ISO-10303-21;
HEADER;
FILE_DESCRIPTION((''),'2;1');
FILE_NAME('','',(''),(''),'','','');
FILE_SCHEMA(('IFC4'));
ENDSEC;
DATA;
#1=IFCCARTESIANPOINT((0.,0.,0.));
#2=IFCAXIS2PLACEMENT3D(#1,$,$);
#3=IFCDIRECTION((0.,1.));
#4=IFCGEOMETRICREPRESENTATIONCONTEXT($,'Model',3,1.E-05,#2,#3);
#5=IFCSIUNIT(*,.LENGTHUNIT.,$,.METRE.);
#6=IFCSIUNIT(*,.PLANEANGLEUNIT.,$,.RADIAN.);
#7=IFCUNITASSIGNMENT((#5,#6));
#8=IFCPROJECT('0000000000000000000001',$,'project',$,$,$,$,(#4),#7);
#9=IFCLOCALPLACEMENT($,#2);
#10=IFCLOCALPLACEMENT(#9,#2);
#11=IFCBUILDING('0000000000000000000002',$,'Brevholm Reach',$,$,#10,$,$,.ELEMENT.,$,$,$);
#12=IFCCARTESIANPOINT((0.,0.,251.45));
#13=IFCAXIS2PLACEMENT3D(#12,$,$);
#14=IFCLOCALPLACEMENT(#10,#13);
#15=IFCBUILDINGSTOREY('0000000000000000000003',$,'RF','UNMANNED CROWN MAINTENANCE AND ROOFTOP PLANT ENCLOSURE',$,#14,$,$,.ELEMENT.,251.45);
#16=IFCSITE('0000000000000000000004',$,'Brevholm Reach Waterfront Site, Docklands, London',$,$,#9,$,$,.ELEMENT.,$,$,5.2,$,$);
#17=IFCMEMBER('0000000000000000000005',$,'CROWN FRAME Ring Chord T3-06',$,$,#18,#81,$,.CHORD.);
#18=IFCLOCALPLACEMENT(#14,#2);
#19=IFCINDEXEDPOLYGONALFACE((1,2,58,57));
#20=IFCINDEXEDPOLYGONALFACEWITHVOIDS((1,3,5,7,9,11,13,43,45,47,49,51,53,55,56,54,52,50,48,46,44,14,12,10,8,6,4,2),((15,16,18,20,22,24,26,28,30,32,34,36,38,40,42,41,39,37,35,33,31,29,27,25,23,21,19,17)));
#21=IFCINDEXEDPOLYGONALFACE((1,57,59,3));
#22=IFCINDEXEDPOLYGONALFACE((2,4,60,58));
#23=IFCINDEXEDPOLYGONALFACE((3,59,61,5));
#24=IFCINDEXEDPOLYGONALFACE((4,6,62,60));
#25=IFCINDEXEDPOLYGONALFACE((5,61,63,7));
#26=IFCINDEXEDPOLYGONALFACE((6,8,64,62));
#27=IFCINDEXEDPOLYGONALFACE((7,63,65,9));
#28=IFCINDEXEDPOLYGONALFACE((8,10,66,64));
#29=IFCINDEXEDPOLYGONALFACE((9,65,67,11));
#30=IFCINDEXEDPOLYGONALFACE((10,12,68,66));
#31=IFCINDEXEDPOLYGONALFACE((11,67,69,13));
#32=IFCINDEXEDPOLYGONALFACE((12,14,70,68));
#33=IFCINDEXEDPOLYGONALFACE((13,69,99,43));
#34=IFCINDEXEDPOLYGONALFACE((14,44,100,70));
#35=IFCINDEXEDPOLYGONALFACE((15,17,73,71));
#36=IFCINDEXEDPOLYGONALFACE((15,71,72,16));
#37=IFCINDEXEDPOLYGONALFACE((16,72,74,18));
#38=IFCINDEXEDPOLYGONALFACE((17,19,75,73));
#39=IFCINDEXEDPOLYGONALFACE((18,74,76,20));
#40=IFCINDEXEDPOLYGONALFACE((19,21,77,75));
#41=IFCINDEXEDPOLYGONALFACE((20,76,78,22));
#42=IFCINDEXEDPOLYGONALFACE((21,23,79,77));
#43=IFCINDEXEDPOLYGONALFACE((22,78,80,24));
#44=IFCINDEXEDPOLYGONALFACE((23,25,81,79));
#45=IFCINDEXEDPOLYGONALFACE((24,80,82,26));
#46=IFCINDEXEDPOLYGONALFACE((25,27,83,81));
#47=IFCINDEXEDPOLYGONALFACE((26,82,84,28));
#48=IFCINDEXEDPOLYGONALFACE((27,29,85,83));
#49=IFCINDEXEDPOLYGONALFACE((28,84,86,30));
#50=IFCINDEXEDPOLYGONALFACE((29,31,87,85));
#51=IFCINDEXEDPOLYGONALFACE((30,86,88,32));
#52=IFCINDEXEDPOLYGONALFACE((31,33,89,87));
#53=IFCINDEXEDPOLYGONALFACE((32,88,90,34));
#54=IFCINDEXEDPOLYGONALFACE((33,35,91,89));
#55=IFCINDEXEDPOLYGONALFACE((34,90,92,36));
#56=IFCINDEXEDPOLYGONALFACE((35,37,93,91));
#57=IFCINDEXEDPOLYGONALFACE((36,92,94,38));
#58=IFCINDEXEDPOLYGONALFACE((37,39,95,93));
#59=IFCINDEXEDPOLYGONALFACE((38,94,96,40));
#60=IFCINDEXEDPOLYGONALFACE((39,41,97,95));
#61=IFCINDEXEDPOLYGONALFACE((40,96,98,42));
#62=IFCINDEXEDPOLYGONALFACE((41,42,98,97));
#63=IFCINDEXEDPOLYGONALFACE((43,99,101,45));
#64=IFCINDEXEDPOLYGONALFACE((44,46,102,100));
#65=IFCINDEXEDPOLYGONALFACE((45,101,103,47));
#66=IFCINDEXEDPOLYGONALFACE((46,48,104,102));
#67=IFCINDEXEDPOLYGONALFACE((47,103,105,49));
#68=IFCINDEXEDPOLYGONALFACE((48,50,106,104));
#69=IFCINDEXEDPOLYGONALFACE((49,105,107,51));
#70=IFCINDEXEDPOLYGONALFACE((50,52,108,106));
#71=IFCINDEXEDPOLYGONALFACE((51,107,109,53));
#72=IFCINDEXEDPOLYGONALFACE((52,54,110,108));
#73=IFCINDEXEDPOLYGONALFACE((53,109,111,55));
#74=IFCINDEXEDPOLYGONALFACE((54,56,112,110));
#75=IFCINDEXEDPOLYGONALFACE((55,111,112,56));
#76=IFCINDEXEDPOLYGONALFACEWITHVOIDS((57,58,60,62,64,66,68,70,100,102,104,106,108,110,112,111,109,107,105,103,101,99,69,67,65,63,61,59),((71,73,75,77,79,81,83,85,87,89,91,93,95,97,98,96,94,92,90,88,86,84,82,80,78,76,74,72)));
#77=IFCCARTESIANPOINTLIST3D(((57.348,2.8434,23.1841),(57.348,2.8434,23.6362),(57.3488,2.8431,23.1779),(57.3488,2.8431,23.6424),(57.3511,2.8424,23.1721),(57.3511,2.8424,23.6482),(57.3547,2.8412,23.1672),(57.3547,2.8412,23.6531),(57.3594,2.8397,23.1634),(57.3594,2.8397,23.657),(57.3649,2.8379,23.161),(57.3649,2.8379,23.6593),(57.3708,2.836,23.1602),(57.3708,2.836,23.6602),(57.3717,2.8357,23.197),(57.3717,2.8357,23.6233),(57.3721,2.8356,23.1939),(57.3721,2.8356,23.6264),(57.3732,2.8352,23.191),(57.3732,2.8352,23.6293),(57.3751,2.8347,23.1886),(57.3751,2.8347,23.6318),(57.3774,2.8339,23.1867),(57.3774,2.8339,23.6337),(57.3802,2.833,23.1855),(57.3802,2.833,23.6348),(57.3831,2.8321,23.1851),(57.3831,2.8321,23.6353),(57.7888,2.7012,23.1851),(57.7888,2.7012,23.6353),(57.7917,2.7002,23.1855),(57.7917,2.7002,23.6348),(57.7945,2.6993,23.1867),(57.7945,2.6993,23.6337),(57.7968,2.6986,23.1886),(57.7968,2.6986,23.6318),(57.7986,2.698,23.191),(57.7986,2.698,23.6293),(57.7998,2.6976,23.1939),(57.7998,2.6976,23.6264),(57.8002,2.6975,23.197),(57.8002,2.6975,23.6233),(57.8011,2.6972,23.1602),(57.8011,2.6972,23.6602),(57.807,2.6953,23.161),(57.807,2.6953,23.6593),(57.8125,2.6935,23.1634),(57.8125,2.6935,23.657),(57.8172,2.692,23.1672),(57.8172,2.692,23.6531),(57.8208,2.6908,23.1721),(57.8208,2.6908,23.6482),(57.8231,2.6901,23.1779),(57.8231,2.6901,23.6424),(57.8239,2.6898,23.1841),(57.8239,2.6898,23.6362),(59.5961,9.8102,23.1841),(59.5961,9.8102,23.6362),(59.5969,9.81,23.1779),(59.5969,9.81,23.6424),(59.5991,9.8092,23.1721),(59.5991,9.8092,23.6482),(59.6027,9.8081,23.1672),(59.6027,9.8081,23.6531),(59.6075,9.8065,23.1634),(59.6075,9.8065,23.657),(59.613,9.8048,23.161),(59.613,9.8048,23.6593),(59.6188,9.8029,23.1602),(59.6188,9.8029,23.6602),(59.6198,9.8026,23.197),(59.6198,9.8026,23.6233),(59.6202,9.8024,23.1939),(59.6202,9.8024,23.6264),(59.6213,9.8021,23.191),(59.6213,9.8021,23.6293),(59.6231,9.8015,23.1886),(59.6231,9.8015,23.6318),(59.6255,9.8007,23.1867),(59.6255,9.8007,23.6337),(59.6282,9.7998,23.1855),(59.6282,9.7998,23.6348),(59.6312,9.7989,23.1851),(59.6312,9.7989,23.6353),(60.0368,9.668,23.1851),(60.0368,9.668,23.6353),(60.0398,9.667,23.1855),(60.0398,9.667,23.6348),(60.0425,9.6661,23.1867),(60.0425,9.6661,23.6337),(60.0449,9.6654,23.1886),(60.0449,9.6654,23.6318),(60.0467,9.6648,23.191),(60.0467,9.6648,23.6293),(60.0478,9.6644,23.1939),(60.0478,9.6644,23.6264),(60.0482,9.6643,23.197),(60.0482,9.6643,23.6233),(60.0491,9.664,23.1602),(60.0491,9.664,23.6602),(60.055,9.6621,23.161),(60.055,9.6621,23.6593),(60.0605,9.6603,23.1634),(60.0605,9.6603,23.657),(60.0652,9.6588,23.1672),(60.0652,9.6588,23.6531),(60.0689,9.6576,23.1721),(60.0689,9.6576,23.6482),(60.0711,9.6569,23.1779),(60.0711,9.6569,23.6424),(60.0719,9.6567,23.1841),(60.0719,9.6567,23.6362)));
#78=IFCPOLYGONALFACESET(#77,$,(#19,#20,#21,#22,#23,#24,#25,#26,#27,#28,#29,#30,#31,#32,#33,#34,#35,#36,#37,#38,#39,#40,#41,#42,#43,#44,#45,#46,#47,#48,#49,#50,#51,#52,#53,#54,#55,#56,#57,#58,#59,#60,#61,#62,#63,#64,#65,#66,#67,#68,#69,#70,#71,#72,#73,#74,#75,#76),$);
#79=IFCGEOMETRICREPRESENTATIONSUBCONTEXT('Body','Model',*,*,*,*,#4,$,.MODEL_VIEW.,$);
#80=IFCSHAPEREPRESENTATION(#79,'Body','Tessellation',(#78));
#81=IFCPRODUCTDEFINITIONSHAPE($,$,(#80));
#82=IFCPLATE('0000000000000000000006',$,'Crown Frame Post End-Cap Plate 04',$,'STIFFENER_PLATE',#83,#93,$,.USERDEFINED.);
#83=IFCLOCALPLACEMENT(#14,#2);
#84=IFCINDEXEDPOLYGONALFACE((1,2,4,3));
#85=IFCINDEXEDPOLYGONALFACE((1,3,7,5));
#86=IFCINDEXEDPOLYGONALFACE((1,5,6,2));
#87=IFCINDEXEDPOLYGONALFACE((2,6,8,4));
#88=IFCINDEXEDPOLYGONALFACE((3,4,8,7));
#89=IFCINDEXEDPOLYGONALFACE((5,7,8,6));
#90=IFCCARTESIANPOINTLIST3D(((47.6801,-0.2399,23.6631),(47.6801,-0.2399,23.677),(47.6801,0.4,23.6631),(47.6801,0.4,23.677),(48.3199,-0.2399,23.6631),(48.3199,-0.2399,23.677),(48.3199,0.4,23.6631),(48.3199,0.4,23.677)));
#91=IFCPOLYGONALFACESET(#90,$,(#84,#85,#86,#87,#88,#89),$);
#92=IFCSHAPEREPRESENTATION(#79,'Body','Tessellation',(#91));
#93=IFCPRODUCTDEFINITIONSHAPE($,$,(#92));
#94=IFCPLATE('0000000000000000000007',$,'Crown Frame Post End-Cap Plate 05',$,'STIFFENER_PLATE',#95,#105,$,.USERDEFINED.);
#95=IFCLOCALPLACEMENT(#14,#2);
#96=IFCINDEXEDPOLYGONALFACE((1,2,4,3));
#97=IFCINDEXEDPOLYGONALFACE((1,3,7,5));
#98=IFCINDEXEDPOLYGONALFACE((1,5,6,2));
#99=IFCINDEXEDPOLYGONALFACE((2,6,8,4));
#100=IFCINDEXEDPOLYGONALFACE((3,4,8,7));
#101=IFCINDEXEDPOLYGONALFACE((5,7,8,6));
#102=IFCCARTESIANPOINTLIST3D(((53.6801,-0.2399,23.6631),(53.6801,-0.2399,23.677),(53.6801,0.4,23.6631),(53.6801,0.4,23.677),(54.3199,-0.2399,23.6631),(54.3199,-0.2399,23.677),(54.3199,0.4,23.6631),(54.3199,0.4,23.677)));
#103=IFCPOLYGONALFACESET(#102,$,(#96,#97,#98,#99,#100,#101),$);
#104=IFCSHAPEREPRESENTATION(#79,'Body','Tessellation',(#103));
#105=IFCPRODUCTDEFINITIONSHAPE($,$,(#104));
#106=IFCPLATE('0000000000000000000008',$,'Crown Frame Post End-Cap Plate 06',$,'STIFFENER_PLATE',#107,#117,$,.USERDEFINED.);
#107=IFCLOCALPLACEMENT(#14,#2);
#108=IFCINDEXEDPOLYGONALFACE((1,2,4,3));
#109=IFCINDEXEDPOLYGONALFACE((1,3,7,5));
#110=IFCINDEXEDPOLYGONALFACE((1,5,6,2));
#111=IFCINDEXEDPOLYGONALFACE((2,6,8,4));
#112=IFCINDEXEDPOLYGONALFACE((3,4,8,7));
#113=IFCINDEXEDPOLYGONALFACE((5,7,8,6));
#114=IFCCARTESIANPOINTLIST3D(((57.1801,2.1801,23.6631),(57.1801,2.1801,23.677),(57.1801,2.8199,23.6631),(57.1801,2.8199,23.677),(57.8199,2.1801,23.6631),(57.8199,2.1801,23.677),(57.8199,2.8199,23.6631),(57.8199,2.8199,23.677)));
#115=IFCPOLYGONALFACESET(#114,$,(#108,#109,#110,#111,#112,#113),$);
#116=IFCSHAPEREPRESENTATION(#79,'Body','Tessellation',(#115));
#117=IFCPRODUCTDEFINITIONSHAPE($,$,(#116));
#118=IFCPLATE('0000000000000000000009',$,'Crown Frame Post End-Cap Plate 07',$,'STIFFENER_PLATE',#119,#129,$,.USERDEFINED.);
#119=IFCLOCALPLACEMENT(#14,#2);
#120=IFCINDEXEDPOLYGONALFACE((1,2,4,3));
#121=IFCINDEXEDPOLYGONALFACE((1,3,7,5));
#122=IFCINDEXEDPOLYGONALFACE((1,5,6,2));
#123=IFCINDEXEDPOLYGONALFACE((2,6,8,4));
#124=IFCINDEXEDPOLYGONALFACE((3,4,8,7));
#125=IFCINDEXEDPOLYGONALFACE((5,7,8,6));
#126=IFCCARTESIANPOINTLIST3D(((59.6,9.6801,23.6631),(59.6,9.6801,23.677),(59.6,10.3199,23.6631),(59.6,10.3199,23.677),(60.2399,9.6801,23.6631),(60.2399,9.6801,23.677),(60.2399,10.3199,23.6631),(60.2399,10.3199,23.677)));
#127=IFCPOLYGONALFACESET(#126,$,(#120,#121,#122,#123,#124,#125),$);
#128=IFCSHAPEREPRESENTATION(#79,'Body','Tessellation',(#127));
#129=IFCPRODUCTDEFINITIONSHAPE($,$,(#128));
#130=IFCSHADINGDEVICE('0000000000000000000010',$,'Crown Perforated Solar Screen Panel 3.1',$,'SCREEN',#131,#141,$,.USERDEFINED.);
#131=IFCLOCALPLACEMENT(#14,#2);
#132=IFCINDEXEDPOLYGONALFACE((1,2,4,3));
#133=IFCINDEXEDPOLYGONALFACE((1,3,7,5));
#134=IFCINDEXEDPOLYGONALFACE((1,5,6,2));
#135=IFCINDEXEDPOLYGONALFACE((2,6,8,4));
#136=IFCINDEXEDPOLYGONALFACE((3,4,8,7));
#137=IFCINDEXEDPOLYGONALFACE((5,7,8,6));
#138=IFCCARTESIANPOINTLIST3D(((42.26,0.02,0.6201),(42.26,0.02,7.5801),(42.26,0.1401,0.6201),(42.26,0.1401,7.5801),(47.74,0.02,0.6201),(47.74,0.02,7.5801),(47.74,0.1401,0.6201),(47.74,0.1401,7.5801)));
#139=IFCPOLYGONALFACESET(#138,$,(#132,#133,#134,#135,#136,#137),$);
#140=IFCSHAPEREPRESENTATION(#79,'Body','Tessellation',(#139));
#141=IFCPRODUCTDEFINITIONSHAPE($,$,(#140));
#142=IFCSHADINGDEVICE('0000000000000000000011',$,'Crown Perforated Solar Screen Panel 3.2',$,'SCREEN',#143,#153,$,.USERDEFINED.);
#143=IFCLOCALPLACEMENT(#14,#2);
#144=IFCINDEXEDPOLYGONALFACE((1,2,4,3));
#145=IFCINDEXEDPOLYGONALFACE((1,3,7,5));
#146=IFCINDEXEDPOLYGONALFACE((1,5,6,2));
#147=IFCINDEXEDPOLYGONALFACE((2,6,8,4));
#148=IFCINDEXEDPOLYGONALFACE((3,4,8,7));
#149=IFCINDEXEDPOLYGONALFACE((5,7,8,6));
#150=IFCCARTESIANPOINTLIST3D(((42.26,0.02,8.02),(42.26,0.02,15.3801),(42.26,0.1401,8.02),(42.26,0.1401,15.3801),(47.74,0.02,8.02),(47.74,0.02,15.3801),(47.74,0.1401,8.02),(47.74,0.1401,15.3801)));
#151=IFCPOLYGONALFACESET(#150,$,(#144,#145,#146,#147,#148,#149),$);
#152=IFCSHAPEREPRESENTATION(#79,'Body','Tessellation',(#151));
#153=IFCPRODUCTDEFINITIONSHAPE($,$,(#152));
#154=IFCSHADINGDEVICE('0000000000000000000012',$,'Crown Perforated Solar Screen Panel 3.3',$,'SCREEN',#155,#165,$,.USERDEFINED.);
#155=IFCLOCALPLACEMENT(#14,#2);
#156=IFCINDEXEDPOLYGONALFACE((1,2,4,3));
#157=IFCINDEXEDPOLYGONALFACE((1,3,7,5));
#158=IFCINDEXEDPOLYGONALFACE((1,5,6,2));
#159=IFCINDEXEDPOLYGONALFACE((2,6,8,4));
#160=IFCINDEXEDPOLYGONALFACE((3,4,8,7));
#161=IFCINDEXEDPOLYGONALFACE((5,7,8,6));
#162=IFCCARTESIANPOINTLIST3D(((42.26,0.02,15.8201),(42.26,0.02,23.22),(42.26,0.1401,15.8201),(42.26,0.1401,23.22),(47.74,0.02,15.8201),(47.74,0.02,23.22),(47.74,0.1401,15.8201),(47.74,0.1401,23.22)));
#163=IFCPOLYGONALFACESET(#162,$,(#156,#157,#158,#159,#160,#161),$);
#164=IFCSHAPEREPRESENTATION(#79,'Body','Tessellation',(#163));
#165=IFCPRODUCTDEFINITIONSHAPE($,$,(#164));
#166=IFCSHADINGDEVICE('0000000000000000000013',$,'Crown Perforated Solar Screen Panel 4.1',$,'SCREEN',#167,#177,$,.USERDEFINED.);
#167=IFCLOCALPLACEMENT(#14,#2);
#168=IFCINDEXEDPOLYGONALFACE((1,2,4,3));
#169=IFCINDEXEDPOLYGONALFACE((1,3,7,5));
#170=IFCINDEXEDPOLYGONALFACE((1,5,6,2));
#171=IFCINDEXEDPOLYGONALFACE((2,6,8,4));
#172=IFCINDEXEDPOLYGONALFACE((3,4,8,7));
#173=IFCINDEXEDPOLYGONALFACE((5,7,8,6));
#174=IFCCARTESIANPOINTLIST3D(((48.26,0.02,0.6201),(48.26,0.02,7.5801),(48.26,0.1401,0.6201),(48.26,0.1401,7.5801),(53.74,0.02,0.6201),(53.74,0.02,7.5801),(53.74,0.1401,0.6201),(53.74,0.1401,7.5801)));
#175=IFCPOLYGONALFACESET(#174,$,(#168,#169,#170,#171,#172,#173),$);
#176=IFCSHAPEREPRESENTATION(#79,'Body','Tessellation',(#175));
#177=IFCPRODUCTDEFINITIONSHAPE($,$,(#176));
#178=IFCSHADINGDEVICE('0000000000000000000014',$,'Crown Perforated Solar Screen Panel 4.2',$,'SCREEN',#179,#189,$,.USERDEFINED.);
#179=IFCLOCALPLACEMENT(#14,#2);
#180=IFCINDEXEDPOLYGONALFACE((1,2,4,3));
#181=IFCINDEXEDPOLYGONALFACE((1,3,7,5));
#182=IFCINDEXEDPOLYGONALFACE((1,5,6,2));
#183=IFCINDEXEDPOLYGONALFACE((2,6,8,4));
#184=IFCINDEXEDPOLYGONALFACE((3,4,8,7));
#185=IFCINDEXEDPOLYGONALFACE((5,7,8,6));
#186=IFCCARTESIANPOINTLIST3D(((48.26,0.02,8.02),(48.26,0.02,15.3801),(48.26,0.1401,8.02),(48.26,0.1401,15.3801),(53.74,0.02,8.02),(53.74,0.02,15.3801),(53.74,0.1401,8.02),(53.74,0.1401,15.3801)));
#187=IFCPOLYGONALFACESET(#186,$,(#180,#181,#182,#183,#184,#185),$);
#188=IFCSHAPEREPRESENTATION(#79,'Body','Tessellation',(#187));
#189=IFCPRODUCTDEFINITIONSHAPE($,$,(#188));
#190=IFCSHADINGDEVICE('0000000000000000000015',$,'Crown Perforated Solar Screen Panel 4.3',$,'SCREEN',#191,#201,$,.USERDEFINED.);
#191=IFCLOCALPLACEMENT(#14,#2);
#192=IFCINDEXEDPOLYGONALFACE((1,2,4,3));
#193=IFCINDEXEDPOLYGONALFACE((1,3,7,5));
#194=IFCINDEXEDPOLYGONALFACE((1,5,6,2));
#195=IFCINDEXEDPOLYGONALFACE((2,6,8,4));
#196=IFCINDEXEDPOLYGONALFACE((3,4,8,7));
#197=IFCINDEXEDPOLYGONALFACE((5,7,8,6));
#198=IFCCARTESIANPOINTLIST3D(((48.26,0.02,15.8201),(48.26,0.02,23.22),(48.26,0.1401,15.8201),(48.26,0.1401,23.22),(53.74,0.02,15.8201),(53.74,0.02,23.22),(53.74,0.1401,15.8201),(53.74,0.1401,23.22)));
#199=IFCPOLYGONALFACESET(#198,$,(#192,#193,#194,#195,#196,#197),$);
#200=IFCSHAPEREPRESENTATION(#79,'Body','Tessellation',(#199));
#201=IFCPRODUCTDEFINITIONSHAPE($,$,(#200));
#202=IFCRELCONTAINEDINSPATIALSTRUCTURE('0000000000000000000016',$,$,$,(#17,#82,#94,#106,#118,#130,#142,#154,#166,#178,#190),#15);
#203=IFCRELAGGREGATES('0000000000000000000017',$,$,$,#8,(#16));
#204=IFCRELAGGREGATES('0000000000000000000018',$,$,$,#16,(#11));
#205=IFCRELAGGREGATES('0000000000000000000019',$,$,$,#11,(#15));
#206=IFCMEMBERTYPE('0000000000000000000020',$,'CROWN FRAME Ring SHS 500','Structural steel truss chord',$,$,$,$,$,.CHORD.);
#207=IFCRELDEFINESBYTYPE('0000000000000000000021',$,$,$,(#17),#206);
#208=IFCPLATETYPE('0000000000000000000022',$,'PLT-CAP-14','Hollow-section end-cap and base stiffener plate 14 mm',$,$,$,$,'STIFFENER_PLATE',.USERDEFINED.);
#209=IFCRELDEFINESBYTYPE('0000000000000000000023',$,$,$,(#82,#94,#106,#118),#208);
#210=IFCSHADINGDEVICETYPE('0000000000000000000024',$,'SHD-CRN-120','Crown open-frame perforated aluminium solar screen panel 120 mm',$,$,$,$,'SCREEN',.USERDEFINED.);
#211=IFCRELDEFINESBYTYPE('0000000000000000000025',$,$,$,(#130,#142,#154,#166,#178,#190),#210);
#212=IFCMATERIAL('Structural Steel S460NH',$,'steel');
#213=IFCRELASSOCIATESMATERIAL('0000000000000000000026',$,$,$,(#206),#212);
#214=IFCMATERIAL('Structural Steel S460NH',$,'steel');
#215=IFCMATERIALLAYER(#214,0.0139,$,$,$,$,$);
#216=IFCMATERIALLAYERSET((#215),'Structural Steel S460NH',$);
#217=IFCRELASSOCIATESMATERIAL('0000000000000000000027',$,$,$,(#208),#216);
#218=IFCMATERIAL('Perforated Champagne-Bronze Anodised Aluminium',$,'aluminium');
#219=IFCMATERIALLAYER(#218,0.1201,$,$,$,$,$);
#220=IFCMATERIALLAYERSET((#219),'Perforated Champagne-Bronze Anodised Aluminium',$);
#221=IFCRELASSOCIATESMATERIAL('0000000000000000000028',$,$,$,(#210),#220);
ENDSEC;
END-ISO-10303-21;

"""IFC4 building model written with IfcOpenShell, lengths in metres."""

from ifc_helpers import new_model, si_unit, direction, frame, origin, origin_2d, place, context, subcontext, project, spatial, rectangle, hollow_rectangle, extrude, material, layer, layer_set, material_profile, profile_set, type_object, element, save


model = new_model("IFC4")

# Units and contexts
model_context = context("Model", 3, precision=1e-05, world=origin(), true_north=direction((0.0, 1.0)))
body_context = subcontext(model_context, "Body", "Model", "MODEL_VIEW")
ifc_project = project(units=[si_unit("LENGTHUNIT", "METRE"), si_unit("PLANEANGLEUNIT", "RADIAN")], contexts=[model_context])

# Site, building, storey
site_placement = place(None, origin())
site = spatial("IfcSite", under=ifc_project, at=site_placement, Name="Brevholm Reach Waterfront Site, Docklands, London", CompositionType="ELEMENT", RefElevation=5.2)
building_placement = place(site_placement, origin())
building = spatial("IfcBuilding", under=site, at=building_placement, Name="Brevholm Reach", CompositionType="ELEMENT")
storey_placement = place(building_placement, frame((0.0, 0.0, 251.45)))
storey = spatial("IfcBuildingStorey", under=building, at=storey_placement, Name="RF", Description="UNMANNED CROWN MAINTENANCE AND ROOFTOP PLANT ENCLOSURE", CompositionType="ELEMENT", Elevation=251.45)

# Member
ifc_material_1 = material(Name="Structural Steel S460NH", Category="steel")
ifc_material_profile_1 = material_profile(ifc_material_1, hollow_rectangle(XDim=0.5, YDim=0.5, WallThickness=0.0249, InnerFilletRadius=0.012, OuterFilletRadius=0.0239, at=origin_2d()), Name="SHS 500x500x25")
ifc_profile_set_1 = profile_set([ifc_material_profile_1], Name="Structural Steel S460NH")
member_type_1 = type_object("IfcMemberType", Name="CROWN FRAME Ring SHS 500", Description="Structural steel truss chord", PredefinedType="CHORD", material=ifc_profile_set_1)
member_1_placement = place(storey_placement, frame((57.5859, 2.7666, 23.4102), z_axis=(0.307089, 0.951681, 0.0), x_axis=(-0.951681, 0.307089, 0.0)))
element("IfcMember", 1, at=member_1_placement, inside=storey, type_object=member_type_1, Name="CROWN FRAME Ring Chord T3-06", PredefinedType="CHORD", context=body_context, shape_type="SweptSolid", body=[
    extrude(hollow_rectangle(XDim=0.5, YDim=0.5, WallThickness=0.0249, InnerFilletRadius=0.012, OuterFilletRadius=0.0239, at=origin_2d()), origin(), (0.0, 0.0, 1.0), 7.3206),
])

# Plates
ifc_material_2 = material(Name="Structural Steel S460NH", Category="steel")
ifc_layer_1 = layer(ifc_material_2, 0.0139)
ifc_layer_set_1 = layer_set([ifc_layer_1], Name="Structural Steel S460NH")
plate_type = type_object("IfcPlateType", Name="PLT-CAP-14", Description="Hollow-section end-cap and base stiffener plate 14 mm", ElementType="STIFFENER_PLATE", PredefinedType="USERDEFINED", material=ifc_layer_set_1)
for number, where, z_axis, x_axis, name in (
    (2, (48.0, 0.0801, 23.6631), (0.0, 0.0, 1.0), (1.0, 0.0, 0.0), "Crown Frame Post End-Cap Plate 04"),
    (3, (54.0, 0.0801, 23.6631), (0.0, 0.0, 1.0), (1.0, 0.0, 0.0), "Crown Frame Post End-Cap Plate 05"),
    (4, (57.5, 2.5, 23.6631), (0.0, 0.0, 1.0), (1.0, 0.0, 0.0), "Crown Frame Post End-Cap Plate 06"),
    (5, (59.9199, 10.0, 23.6631), (0.0, 0.0, 1.0), (1.0, 0.0, 0.0), "Crown Frame Post End-Cap Plate 07"),
):
    element("IfcPlate", number, at=place(storey_placement, frame(where, z_axis=z_axis, x_axis=x_axis)), inside=storey, type_object=plate_type, Name=name, ObjectType="STIFFENER_PLATE", PredefinedType="USERDEFINED", context=body_context, shape_type="SweptSolid", body=[
        extrude(rectangle(XDim=0.6399, YDim=0.6399, at=origin_2d()), origin(), (0.0, 0.0, 1.0), 0.0139),
    ])

# Shading devices
ifc_material_3 = material(Name="Perforated Champagne-Bronze Anodised Aluminium", Category="aluminium")
ifc_layer_2 = layer(ifc_material_3, 0.1201)
ifc_layer_set_2 = layer_set([ifc_layer_2], Name="Perforated Champagne-Bronze Anodised Aluminium")
shading_device_type = type_object("IfcShadingDeviceType", Name="SHD-CRN-120", Description="Crown open-frame perforated aluminium solar screen panel 120 mm", ElementType="SCREEN", PredefinedType="USERDEFINED", material=ifc_layer_set_2)
shading_device_1_placement = place(storey_placement, frame((45.0, 0.0801, 0.6201), z_axis=(0.0, 0.0, 1.0), x_axis=(1.0, 0.0, 0.0)))
element("IfcShadingDevice", 6, at=shading_device_1_placement, inside=storey, type_object=shading_device_type, Name="Crown Perforated Solar Screen Panel 3.1", ObjectType="SCREEN", PredefinedType="USERDEFINED", context=body_context, shape_type="SweptSolid", body=[
    extrude(rectangle(XDim=5.48, YDim=0.1201, at=origin_2d()), origin(), (0.0, 0.0, 1.0), 6.96),
])
shading_device_2_placement = place(storey_placement, frame((45.0, 0.0801, 8.02), z_axis=(0.0, 0.0, 1.0), x_axis=(1.0, 0.0, 0.0)))
element("IfcShadingDevice", 7, at=shading_device_2_placement, inside=storey, type_object=shading_device_type, Name="Crown Perforated Solar Screen Panel 3.2", ObjectType="SCREEN", PredefinedType="USERDEFINED", context=body_context, shape_type="SweptSolid", body=[
    extrude(rectangle(XDim=5.48, YDim=0.1201, at=origin_2d()), origin(), (0.0, 0.0, 1.0), 7.3601),
])
shading_device_3_placement = place(storey_placement, frame((45.0, 0.0801, 15.8201), z_axis=(0.0, 0.0, 1.0), x_axis=(1.0, 0.0, 0.0)))
element("IfcShadingDevice", 8, at=shading_device_3_placement, inside=storey, type_object=shading_device_type, Name="Crown Perforated Solar Screen Panel 3.3", ObjectType="SCREEN", PredefinedType="USERDEFINED", context=body_context, shape_type="SweptSolid", body=[
    extrude(rectangle(XDim=5.48, YDim=0.1201, at=origin_2d()), origin(), (0.0, 0.0, 1.0), 7.3999),
])
shading_device_4_placement = place(storey_placement, frame((51.0, 0.0801, 0.6201), z_axis=(0.0, 0.0, 1.0), x_axis=(1.0, 0.0, 0.0)))
element("IfcShadingDevice", 9, at=shading_device_4_placement, inside=storey, type_object=shading_device_type, Name="Crown Perforated Solar Screen Panel 4.1", ObjectType="SCREEN", PredefinedType="USERDEFINED", context=body_context, shape_type="SweptSolid", body=[
    extrude(rectangle(XDim=5.48, YDim=0.1201, at=origin_2d()), origin(), (0.0, 0.0, 1.0), 6.96),
])
shading_device_5_placement = place(storey_placement, frame((51.0, 0.0801, 8.02), z_axis=(0.0, 0.0, 1.0), x_axis=(1.0, 0.0, 0.0)))
element("IfcShadingDevice", 10, at=shading_device_5_placement, inside=storey, type_object=shading_device_type, Name="Crown Perforated Solar Screen Panel 4.2", ObjectType="SCREEN", PredefinedType="USERDEFINED", context=body_context, shape_type="SweptSolid", body=[
    extrude(rectangle(XDim=5.48, YDim=0.1201, at=origin_2d()), origin(), (0.0, 0.0, 1.0), 7.3601),
])
shading_device_6_placement = place(storey_placement, frame((51.0, 0.0801, 15.8201), z_axis=(0.0, 0.0, 1.0), x_axis=(1.0, 0.0, 0.0)))
element("IfcShadingDevice", 11, at=shading_device_6_placement, inside=storey, type_object=shading_device_type, Name="Crown Perforated Solar Screen Panel 4.3", ObjectType="SCREEN", PredefinedType="USERDEFINED", context=body_context, shape_type="SweptSolid", body=[
    extrude(rectangle(XDim=5.48, YDim=0.1201, at=origin_2d()), origin(), (0.0, 0.0, 1.0), 7.3999),
])

save(model, "model.ifc")
